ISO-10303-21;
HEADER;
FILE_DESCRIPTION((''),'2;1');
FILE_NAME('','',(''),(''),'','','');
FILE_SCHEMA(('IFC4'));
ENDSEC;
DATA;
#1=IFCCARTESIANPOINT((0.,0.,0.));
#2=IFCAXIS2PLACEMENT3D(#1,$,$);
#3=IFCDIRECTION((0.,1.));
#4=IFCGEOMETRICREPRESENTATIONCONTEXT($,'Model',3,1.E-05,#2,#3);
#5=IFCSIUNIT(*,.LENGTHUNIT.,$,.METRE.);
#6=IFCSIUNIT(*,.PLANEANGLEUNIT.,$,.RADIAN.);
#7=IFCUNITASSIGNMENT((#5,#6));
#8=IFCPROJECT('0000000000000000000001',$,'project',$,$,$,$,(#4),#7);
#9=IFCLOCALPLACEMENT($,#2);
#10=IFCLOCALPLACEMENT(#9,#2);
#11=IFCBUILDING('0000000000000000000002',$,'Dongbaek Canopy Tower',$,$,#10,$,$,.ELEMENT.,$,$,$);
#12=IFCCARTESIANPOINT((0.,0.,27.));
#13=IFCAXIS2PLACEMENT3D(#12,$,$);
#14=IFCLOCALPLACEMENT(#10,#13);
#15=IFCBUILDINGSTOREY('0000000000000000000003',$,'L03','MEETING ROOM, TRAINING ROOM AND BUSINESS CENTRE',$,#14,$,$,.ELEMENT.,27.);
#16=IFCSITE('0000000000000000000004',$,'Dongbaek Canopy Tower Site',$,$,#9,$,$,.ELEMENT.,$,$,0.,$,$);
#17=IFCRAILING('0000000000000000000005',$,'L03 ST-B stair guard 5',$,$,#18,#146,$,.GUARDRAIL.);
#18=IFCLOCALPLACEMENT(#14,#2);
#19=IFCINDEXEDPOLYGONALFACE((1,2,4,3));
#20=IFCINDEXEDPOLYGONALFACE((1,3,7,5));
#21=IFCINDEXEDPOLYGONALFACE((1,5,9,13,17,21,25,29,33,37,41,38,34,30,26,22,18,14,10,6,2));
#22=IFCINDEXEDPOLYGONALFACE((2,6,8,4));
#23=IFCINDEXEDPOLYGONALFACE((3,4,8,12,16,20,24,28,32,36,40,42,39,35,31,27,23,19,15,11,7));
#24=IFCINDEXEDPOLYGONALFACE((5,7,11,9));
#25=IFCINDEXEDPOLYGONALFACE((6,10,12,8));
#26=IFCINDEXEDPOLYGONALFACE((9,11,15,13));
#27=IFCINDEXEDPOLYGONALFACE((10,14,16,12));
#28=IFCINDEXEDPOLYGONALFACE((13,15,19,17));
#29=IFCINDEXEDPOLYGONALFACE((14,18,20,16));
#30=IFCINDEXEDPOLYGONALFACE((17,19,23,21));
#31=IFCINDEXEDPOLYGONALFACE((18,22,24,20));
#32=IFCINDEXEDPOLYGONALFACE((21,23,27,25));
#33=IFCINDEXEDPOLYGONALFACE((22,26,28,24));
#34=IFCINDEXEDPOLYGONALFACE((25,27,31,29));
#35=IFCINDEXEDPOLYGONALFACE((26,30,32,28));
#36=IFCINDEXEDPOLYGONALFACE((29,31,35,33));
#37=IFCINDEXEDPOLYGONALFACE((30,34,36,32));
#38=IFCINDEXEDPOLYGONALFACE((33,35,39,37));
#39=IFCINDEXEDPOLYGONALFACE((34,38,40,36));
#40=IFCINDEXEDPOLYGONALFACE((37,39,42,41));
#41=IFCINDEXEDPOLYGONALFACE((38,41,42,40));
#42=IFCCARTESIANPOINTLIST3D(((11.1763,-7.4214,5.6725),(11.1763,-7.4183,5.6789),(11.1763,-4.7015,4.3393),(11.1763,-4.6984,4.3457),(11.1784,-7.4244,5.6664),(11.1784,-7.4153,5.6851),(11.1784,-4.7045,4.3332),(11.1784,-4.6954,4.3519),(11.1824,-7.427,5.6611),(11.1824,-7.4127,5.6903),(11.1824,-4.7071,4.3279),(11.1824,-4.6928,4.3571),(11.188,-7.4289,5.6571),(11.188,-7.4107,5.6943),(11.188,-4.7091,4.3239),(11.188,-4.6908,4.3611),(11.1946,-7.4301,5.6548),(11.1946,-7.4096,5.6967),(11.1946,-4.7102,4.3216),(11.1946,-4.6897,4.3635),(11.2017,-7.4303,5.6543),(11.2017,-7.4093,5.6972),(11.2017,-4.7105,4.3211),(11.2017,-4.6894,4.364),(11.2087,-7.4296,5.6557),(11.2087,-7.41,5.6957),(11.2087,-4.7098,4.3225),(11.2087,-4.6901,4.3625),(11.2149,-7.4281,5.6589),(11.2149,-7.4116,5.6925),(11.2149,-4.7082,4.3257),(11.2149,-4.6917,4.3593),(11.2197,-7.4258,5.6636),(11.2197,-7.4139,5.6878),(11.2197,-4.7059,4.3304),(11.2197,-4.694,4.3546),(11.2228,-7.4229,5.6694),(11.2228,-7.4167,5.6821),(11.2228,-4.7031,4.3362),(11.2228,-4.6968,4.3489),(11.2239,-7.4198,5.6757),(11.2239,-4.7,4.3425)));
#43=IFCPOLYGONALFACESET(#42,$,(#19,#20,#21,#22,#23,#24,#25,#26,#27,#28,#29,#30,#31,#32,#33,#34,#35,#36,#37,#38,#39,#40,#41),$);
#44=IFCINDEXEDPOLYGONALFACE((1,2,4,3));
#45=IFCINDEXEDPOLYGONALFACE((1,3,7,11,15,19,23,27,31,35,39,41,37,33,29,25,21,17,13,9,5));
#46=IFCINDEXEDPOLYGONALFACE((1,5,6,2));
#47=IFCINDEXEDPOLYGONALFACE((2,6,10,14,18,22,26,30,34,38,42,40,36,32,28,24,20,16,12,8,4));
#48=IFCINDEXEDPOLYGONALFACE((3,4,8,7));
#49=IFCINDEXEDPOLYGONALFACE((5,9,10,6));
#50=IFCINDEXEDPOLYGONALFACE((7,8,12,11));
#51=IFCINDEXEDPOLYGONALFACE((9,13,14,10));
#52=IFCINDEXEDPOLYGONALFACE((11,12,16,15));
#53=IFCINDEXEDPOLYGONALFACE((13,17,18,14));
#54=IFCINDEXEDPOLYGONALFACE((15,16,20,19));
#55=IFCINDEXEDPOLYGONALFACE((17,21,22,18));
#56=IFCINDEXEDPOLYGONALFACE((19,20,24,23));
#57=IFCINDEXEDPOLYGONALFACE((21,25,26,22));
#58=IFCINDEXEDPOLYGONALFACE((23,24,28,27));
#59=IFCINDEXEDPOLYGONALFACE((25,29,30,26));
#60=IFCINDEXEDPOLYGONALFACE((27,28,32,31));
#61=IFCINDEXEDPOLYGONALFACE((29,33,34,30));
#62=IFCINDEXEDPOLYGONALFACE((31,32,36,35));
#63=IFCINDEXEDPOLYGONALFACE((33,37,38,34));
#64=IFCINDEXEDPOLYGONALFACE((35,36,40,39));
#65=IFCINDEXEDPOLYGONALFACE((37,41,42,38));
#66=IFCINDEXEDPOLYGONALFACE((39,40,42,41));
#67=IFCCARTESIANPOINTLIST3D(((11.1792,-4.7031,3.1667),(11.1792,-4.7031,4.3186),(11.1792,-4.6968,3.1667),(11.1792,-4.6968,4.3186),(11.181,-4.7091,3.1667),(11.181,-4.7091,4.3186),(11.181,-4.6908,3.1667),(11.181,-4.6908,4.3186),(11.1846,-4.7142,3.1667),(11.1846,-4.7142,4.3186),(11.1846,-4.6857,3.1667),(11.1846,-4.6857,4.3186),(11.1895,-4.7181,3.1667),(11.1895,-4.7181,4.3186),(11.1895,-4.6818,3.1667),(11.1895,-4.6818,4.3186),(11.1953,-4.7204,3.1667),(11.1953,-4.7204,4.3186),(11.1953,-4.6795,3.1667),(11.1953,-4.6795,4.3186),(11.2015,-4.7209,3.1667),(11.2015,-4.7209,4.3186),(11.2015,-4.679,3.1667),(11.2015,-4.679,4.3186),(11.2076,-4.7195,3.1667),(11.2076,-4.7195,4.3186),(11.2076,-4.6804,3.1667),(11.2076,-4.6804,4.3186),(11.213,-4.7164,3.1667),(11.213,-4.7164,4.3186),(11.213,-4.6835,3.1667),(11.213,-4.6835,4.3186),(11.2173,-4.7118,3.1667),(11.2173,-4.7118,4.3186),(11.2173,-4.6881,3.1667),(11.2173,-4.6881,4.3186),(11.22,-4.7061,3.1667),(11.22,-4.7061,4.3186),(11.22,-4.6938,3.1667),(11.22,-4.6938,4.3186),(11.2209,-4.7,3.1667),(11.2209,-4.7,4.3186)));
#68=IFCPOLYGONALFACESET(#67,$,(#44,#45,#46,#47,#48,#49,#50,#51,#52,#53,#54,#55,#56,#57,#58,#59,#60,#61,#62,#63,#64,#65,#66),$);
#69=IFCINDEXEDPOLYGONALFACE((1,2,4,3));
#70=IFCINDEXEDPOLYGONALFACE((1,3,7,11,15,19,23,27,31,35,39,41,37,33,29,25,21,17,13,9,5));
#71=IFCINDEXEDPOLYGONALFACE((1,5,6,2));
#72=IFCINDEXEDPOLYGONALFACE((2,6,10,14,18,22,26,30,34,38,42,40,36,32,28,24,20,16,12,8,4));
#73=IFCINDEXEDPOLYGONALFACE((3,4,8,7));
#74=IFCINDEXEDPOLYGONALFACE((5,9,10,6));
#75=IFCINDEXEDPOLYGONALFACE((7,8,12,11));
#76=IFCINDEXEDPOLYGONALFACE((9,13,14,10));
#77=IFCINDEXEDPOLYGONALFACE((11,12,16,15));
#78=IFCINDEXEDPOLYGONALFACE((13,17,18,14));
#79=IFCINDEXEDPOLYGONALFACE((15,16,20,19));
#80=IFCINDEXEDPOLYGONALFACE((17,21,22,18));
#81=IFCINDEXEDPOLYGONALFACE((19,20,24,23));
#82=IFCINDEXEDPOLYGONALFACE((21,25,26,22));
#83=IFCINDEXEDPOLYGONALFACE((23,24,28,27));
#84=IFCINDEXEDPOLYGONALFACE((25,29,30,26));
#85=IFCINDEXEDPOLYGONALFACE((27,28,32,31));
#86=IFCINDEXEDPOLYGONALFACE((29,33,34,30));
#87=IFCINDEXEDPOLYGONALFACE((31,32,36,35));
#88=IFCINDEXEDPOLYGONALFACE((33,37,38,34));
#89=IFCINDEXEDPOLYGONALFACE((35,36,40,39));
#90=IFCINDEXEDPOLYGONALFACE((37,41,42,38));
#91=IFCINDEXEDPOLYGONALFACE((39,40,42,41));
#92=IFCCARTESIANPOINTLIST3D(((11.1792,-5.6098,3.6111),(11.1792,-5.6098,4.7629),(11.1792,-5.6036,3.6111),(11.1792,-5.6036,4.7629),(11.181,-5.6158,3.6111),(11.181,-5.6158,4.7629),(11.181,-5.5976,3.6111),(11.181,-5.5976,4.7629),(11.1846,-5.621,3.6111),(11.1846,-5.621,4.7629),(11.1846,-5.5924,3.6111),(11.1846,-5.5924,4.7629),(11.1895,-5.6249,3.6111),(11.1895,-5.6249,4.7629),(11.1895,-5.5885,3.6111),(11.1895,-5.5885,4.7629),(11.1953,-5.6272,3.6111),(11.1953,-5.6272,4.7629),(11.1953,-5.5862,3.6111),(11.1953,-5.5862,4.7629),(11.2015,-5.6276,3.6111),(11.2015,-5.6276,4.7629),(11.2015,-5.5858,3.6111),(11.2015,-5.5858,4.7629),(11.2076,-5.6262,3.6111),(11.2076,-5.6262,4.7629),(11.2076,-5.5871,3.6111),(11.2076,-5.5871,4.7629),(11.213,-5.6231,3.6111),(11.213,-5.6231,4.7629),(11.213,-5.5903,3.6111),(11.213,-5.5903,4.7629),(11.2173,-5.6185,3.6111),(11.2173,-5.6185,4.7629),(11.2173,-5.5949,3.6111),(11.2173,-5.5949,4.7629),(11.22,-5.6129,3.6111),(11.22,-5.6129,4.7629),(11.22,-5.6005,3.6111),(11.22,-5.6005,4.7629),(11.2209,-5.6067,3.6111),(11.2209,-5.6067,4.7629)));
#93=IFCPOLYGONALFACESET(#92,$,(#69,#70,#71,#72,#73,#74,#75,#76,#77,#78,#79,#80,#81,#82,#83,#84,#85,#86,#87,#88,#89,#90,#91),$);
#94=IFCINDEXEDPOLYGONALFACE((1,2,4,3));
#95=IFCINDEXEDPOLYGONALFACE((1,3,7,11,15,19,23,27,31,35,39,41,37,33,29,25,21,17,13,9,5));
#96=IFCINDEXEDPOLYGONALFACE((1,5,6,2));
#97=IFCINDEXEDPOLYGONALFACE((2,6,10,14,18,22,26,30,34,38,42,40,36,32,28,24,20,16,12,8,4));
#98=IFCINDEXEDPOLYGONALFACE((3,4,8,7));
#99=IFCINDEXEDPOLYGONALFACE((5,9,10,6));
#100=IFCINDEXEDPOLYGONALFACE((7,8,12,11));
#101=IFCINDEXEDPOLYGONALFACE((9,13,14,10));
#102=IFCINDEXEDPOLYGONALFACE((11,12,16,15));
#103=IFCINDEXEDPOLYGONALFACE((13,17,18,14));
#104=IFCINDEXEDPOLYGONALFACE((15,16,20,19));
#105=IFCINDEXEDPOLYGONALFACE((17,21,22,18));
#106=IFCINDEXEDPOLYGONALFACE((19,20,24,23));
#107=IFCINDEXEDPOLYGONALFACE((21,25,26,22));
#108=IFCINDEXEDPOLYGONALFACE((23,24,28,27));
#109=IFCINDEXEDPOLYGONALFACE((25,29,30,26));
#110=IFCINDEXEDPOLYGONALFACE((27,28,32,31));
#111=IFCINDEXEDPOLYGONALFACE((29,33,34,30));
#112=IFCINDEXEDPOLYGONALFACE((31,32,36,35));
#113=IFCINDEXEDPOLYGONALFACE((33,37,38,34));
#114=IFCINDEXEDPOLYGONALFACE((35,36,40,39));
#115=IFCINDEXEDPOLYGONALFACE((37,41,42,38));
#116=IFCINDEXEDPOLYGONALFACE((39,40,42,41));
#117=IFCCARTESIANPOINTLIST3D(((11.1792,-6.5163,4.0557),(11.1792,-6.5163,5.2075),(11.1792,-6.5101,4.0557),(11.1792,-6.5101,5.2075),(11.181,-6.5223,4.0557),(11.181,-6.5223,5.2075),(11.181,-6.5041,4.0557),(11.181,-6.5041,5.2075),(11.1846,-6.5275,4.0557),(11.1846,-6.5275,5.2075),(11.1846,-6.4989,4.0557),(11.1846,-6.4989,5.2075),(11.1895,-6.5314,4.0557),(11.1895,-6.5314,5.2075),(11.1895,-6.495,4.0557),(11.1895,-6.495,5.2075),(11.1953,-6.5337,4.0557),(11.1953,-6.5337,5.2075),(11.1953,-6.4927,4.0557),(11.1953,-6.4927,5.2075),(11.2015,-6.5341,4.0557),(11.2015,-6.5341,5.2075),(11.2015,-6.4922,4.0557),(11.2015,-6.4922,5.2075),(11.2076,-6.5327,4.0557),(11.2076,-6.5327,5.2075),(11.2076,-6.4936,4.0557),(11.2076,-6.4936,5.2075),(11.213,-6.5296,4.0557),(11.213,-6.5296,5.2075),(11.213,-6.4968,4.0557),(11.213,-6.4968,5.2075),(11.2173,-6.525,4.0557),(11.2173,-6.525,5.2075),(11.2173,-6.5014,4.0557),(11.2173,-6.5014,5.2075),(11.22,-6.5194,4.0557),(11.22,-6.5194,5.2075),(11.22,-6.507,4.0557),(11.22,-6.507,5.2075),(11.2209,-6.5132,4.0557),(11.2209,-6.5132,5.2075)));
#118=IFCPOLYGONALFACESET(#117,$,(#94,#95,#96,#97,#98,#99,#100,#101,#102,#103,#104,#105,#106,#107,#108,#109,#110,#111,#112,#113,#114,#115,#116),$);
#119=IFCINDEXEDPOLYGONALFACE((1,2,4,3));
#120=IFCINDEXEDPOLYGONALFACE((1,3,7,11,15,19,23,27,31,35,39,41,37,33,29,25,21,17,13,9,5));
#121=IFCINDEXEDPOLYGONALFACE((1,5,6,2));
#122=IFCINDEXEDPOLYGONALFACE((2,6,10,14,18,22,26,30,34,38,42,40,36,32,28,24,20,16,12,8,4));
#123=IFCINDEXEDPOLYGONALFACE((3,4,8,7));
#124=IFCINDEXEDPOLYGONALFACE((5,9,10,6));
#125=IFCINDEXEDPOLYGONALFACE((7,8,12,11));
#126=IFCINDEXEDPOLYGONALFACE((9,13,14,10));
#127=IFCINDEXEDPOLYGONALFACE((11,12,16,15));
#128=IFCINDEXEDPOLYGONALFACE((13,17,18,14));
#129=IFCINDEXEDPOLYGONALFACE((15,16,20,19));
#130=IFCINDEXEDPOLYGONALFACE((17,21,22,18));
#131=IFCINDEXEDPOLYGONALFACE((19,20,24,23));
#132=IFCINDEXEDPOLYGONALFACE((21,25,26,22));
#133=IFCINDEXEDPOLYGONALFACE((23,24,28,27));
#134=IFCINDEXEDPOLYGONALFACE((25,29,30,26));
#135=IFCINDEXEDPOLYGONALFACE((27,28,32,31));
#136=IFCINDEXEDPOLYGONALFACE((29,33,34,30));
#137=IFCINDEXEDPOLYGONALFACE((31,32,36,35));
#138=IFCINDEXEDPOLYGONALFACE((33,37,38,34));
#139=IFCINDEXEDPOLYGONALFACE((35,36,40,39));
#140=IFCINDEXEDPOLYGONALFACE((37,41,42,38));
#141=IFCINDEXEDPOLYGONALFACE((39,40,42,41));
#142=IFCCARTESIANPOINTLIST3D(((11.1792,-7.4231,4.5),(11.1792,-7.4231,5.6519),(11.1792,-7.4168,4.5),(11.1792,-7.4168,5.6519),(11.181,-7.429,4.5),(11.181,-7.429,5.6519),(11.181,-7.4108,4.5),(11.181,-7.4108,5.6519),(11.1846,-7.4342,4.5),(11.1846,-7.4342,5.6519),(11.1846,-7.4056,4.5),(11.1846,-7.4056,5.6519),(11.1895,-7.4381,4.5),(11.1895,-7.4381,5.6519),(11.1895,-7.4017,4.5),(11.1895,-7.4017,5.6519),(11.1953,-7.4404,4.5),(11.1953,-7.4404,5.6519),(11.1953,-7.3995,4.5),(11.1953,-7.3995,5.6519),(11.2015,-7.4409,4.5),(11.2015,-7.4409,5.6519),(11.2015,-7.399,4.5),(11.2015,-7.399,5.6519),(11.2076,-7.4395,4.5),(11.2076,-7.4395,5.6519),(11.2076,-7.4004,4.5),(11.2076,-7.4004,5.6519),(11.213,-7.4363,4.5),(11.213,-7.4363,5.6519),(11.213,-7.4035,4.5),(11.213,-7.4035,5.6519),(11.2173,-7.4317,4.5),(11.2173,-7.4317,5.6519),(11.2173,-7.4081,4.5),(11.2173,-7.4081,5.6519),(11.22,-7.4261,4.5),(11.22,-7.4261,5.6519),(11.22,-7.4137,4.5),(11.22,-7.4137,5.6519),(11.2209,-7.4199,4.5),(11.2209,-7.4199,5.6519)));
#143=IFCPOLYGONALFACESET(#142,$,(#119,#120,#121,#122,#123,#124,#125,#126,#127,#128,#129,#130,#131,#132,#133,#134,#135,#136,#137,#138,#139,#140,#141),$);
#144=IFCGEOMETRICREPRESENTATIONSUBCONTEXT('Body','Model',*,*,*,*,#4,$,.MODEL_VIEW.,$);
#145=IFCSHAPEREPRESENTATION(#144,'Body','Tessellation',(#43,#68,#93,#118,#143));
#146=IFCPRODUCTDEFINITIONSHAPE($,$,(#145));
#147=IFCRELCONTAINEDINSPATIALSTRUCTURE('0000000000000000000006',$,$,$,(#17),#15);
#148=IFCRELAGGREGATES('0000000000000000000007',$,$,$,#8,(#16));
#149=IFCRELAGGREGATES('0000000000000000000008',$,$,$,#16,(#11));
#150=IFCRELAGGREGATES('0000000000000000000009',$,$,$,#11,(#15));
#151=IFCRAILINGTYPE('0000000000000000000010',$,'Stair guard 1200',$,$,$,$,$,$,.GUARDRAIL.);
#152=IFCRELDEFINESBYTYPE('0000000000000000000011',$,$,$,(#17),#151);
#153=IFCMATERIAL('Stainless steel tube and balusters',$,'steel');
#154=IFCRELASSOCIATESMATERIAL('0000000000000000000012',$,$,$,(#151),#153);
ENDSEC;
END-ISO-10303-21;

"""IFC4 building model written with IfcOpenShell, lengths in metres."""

from ifc_helpers import new_model, si_unit, direction, frame, origin, origin_2d, place, context, subcontext, project, spatial, circle, extrude, material, type_object, element, save


model = new_model("IFC4")

# Units and contexts
model_context = context("Model", 3, precision=1e-05, world=origin(), true_north=direction((0.0, 1.0)))
body_context = subcontext(model_context, "Body", "Model", "MODEL_VIEW")
ifc_project = project(units=[si_unit("LENGTHUNIT", "METRE"), si_unit("PLANEANGLEUNIT", "RADIAN")], contexts=[model_context])

# Site, building, storey
site_placement = place(None, origin())
site = spatial("IfcSite", under=ifc_project, at=site_placement, Name="Dongbaek Canopy Tower Site", CompositionType="ELEMENT", RefElevation=0.0)
building_placement = place(site_placement, origin())
building = spatial("IfcBuilding", under=site, at=building_placement, Name="Dongbaek Canopy Tower", CompositionType="ELEMENT")
storey_placement = place(building_placement, frame((0.0, 0.0, 27.0)))
storey = spatial("IfcBuildingStorey", under=building, at=storey_placement, Name="L03", Description="MEETING ROOM, TRAINING ROOM AND BUSINESS CENTRE", CompositionType="ELEMENT", Elevation=27.0)

# Railing
ifc_material_1 = material(Name="Stainless steel tube and balusters", Category="steel")
railing_type_1 = type_object("IfcRailingType", Name="Stair guard 1200", PredefinedType="GUARDRAIL", material=ifc_material_1)
railing_1_placement = place(storey_placement, frame((11.2, -4.7, 3.1667)))
element("IfcRailing", 1, at=railing_1_placement, inside=storey, type_object=railing_type_1, Name="L03 ST-B stair guard 5", PredefinedType="GUARDRAIL", context=body_context, shape_type="SweptSolid", body=[
    extrude(circle(Radius=0.0239, at=origin_2d()), frame((0.0, 0.0, 1.1758), z_axis=(0.0, -0.897929, 0.440139), x_axis=(1.0, 0.0, 0.0)), (0.0, 0.0, 1.0), 3.0291),
    extrude(circle(Radius=0.021, at=origin_2d()), origin(), (0.0, 0.0, 1.0), 1.1519),
    extrude(circle(Radius=0.021, at=origin_2d()), frame((0.0, -0.9067, 0.4443)), (0.0, 0.0, 1.0), 1.1519),
    extrude(circle(Radius=0.021, at=origin_2d()), frame((0.0, -1.8132, 0.8889)), (0.0, 0.0, 1.0), 1.1519),
    extrude(circle(Radius=0.021, at=origin_2d()), frame((0.0, -2.72, 1.3333)), (0.0, 0.0, 1.0), 1.1519),
])

save(model, "model.ifc")
